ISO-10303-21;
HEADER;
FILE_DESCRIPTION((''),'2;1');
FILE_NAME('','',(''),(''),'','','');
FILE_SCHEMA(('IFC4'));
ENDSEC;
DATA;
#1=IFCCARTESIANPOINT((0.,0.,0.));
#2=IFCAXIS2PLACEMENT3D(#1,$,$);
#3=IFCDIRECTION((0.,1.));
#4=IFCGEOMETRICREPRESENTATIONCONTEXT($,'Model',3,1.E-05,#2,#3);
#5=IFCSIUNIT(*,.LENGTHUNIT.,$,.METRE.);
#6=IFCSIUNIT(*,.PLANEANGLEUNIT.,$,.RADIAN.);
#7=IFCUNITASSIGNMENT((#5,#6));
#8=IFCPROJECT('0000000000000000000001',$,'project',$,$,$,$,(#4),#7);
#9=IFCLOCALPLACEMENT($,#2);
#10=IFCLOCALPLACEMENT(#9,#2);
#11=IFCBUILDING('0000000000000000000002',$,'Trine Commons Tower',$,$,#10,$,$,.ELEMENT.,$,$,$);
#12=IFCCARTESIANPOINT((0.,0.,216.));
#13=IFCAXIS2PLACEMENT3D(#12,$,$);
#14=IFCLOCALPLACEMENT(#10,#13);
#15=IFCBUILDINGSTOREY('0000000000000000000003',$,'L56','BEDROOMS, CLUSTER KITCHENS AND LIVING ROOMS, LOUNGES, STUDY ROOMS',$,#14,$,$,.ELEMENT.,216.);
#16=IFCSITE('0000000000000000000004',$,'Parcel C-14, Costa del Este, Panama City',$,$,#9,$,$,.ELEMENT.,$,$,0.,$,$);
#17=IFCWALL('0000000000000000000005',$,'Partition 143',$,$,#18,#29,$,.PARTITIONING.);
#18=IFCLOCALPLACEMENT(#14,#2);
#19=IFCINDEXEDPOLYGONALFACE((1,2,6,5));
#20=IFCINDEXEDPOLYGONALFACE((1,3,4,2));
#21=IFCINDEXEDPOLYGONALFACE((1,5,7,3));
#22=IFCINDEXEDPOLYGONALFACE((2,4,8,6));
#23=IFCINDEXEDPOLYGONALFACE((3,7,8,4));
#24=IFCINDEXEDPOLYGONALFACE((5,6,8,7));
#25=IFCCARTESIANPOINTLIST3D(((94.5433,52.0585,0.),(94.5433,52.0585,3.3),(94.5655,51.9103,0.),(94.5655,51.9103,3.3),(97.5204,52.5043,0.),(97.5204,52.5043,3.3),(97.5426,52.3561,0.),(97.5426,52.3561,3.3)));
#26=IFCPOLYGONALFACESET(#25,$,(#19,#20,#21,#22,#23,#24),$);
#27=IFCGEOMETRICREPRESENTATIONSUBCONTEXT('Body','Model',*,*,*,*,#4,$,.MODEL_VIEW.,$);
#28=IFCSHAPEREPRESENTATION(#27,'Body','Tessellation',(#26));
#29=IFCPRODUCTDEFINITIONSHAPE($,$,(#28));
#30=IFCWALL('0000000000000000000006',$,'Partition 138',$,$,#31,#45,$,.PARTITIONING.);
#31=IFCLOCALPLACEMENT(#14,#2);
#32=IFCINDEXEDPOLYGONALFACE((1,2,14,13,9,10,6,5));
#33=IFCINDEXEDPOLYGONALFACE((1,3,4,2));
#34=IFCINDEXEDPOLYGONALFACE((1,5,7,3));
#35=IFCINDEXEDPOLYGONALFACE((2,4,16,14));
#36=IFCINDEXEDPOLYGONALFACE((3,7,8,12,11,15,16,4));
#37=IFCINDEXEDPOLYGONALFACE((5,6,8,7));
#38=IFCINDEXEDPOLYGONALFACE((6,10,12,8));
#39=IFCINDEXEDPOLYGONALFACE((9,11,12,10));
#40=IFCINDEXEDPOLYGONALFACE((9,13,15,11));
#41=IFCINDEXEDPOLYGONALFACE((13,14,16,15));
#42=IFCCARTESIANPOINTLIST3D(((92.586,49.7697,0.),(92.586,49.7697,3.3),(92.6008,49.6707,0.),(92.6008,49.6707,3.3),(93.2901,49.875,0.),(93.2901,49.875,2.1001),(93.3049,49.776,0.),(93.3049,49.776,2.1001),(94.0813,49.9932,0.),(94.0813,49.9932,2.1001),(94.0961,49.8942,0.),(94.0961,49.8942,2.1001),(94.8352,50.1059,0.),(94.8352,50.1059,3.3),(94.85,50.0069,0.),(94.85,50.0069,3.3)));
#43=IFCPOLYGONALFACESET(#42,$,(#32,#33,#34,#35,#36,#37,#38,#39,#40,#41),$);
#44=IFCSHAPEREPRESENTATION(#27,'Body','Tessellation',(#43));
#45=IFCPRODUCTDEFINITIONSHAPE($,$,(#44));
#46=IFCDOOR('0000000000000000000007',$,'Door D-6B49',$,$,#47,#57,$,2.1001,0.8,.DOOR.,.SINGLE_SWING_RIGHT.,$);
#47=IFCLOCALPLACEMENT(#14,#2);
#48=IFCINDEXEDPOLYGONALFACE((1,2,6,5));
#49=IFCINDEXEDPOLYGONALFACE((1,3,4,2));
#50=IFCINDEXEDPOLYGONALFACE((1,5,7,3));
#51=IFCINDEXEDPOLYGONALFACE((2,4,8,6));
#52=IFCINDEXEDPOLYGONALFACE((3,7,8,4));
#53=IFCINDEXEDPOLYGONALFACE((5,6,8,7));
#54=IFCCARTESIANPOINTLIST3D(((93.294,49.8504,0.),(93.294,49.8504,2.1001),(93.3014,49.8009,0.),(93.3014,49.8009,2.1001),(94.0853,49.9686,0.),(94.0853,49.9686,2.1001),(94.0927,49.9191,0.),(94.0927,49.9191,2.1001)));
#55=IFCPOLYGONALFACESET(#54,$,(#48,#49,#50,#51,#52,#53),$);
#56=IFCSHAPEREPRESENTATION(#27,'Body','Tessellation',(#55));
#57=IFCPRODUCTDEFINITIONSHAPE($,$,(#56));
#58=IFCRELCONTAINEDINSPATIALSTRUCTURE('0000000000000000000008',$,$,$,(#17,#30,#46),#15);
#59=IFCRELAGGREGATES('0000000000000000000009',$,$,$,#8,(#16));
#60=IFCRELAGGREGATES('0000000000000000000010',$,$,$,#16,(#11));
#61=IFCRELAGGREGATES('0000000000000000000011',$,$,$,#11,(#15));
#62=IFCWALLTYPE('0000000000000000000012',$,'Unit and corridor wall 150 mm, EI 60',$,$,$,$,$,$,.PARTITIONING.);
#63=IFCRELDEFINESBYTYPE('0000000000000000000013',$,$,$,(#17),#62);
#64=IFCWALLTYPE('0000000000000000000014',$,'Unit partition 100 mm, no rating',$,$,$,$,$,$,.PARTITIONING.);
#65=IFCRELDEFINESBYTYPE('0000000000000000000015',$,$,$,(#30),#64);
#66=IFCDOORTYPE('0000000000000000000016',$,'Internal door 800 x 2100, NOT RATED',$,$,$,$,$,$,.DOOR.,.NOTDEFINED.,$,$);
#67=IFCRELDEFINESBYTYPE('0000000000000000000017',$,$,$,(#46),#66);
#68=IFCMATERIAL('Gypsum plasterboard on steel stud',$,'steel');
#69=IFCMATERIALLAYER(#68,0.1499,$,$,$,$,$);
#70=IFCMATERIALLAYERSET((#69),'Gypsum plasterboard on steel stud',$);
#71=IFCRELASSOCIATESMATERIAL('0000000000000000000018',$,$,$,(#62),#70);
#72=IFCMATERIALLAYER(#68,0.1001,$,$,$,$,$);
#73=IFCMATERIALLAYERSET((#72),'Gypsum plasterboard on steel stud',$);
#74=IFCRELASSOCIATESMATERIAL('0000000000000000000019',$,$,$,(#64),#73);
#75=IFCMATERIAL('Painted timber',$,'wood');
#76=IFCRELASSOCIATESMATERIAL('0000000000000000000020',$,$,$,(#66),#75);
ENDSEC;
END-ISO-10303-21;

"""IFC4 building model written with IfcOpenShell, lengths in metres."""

from ifc_helpers import new_model, si_unit, direction, frame, frame_2d, origin, place, context, subcontext, project, spatial, rectangle, extrude, material, layer, layer_set, type_object, element, fill, save


model = new_model("IFC4")

# Units and contexts
model_context = context("Model", 3, precision=1e-05, world=origin(), true_north=direction((0.0, 1.0)))
body_context = subcontext(model_context, "Body", "Model", "MODEL_VIEW")
ifc_project = project(units=[si_unit("LENGTHUNIT", "METRE"), si_unit("PLANEANGLEUNIT", "RADIAN")], contexts=[model_context])

# Site, building, storey
site_placement = place(None, origin())
site = spatial("IfcSite", under=ifc_project, at=site_placement, Name="Parcel C-14, Costa del Este, Panama City", CompositionType="ELEMENT", RefElevation=0.0)
building_placement = place(site_placement, origin())
building = spatial("IfcBuilding", under=site, at=building_placement, Name="Trine Commons Tower", CompositionType="ELEMENT")
storey_placement = place(building_placement, frame((0.0, 0.0, 216.0)))
storey = spatial("IfcBuildingStorey", under=building, at=storey_placement, Name="L56", Description="BEDROOMS, CLUSTER KITCHENS AND LIVING ROOMS, LOUNGES, STUDY ROOMS", CompositionType="ELEMENT", Elevation=216.0)

# Shared definitions
ifc_material_1 = material(Name="Gypsum plasterboard on steel stud", Category="steel")
ifc_layer_1 = layer(ifc_material_1, 0.1499)
ifc_layer_set_1 = layer_set([ifc_layer_1], Name="Gypsum plasterboard on steel stud")
wall_type_1 = type_object("IfcWallType", Name="Unit and corridor wall 150 mm, EI 60", PredefinedType="PARTITIONING", material=ifc_layer_set_1)

# Wall
wall_1_placement = place(storey_placement, frame((94.5544, 51.9844, 0.0), z_axis=(0.0, 0.0, 1.0), x_axis=(0.988973, 0.148095, 0.0)))
element("IfcWall", 1, at=wall_1_placement, inside=storey, type_object=wall_type_1, Name="Partition 143", PredefinedType="PARTITIONING", context=body_context, shape_type="SweptSolid", body=[
    extrude(rectangle(XDim=3.0103, YDim=0.1499, at=frame_2d((1.5051, 0.0))), origin(), (0.0, 0.0, 1.0), 3.3),
])

# Wall, opening, door
ifc_layer_2 = layer(ifc_material_1, 0.1001)
ifc_layer_set_2 = layer_set([ifc_layer_2], Name="Gypsum plasterboard on steel stud")
wall_type_2 = type_object("IfcWallType", Name="Unit partition 100 mm, no rating", PredefinedType="PARTITIONING", material=ifc_layer_set_2)
wall_2_placement = place(storey_placement, frame((92.5933, 49.7202, 0.0), z_axis=(0.0, 0.0, 1.0), x_axis=(0.989014, 0.147821, 0.0)))
wall_2 = element("IfcWall", 2, at=wall_2_placement, inside=storey, type_object=wall_type_2, Name="Partition 138", PredefinedType="PARTITIONING", context=body_context, shape_type="SweptSolid", body=[
    extrude(rectangle(XDim=2.2742, YDim=0.1001, at=frame_2d((1.1372, 0.0))), origin(), (0.0, 0.0, 1.0), 3.3),
])
opening_1_placement = place(wall_2_placement, frame((0.7122, 0.0, 0.0)))
opening_1 = element("IfcOpeningElement", 3, at=opening_1_placement, cuts=wall_2, PredefinedType="OPENING", context=body_context, shape_type="SweptSolid", body=[
    extrude(rectangle(XDim=0.8, YDim=2.1001, at=frame_2d((0.3999, 1.05))), frame((0.0, 0.0601, 0.0), z_axis=(0.0, -1.0, 0.0), x_axis=(1.0, 0.0, 0.0)), (0.0, 0.0, 1.0), 0.1201),
])
ifc_material_2 = material(Name="Painted timber", Category="wood")
door_type_1 = type_object("IfcDoorType", Name="Internal door 800 x 2100, NOT RATED", OperationType="NOTDEFINED", PredefinedType="DOOR", material=ifc_material_2)
door_1_placement = place(opening_1_placement, frame((0.8, 0.0, 0.0), z_axis=(0.0, 0.0, 1.0), x_axis=(-1.0, 0.0, 0.0)))
door_1 = element("IfcDoor", 4, at=door_1_placement, inside=storey, type_object=door_type_1, Name="Door D-6B49", OperationType="SINGLE_SWING_RIGHT", OverallHeight=2.1001, OverallWidth=0.8, PredefinedType="DOOR", context=body_context, shape_type="SweptSolid", body=[
    extrude(rectangle(XDim=0.8, YDim=2.1001, at=frame_2d((0.3999, 1.05))), frame((0.0, 0.0249, 0.0), z_axis=(0.0, -1.0, 0.0), x_axis=(1.0, 0.0, 0.0)), (0.0, 0.0, 1.0), 0.05),
])
fill(opening_1, door_1)

save(model, "model.ifc")
